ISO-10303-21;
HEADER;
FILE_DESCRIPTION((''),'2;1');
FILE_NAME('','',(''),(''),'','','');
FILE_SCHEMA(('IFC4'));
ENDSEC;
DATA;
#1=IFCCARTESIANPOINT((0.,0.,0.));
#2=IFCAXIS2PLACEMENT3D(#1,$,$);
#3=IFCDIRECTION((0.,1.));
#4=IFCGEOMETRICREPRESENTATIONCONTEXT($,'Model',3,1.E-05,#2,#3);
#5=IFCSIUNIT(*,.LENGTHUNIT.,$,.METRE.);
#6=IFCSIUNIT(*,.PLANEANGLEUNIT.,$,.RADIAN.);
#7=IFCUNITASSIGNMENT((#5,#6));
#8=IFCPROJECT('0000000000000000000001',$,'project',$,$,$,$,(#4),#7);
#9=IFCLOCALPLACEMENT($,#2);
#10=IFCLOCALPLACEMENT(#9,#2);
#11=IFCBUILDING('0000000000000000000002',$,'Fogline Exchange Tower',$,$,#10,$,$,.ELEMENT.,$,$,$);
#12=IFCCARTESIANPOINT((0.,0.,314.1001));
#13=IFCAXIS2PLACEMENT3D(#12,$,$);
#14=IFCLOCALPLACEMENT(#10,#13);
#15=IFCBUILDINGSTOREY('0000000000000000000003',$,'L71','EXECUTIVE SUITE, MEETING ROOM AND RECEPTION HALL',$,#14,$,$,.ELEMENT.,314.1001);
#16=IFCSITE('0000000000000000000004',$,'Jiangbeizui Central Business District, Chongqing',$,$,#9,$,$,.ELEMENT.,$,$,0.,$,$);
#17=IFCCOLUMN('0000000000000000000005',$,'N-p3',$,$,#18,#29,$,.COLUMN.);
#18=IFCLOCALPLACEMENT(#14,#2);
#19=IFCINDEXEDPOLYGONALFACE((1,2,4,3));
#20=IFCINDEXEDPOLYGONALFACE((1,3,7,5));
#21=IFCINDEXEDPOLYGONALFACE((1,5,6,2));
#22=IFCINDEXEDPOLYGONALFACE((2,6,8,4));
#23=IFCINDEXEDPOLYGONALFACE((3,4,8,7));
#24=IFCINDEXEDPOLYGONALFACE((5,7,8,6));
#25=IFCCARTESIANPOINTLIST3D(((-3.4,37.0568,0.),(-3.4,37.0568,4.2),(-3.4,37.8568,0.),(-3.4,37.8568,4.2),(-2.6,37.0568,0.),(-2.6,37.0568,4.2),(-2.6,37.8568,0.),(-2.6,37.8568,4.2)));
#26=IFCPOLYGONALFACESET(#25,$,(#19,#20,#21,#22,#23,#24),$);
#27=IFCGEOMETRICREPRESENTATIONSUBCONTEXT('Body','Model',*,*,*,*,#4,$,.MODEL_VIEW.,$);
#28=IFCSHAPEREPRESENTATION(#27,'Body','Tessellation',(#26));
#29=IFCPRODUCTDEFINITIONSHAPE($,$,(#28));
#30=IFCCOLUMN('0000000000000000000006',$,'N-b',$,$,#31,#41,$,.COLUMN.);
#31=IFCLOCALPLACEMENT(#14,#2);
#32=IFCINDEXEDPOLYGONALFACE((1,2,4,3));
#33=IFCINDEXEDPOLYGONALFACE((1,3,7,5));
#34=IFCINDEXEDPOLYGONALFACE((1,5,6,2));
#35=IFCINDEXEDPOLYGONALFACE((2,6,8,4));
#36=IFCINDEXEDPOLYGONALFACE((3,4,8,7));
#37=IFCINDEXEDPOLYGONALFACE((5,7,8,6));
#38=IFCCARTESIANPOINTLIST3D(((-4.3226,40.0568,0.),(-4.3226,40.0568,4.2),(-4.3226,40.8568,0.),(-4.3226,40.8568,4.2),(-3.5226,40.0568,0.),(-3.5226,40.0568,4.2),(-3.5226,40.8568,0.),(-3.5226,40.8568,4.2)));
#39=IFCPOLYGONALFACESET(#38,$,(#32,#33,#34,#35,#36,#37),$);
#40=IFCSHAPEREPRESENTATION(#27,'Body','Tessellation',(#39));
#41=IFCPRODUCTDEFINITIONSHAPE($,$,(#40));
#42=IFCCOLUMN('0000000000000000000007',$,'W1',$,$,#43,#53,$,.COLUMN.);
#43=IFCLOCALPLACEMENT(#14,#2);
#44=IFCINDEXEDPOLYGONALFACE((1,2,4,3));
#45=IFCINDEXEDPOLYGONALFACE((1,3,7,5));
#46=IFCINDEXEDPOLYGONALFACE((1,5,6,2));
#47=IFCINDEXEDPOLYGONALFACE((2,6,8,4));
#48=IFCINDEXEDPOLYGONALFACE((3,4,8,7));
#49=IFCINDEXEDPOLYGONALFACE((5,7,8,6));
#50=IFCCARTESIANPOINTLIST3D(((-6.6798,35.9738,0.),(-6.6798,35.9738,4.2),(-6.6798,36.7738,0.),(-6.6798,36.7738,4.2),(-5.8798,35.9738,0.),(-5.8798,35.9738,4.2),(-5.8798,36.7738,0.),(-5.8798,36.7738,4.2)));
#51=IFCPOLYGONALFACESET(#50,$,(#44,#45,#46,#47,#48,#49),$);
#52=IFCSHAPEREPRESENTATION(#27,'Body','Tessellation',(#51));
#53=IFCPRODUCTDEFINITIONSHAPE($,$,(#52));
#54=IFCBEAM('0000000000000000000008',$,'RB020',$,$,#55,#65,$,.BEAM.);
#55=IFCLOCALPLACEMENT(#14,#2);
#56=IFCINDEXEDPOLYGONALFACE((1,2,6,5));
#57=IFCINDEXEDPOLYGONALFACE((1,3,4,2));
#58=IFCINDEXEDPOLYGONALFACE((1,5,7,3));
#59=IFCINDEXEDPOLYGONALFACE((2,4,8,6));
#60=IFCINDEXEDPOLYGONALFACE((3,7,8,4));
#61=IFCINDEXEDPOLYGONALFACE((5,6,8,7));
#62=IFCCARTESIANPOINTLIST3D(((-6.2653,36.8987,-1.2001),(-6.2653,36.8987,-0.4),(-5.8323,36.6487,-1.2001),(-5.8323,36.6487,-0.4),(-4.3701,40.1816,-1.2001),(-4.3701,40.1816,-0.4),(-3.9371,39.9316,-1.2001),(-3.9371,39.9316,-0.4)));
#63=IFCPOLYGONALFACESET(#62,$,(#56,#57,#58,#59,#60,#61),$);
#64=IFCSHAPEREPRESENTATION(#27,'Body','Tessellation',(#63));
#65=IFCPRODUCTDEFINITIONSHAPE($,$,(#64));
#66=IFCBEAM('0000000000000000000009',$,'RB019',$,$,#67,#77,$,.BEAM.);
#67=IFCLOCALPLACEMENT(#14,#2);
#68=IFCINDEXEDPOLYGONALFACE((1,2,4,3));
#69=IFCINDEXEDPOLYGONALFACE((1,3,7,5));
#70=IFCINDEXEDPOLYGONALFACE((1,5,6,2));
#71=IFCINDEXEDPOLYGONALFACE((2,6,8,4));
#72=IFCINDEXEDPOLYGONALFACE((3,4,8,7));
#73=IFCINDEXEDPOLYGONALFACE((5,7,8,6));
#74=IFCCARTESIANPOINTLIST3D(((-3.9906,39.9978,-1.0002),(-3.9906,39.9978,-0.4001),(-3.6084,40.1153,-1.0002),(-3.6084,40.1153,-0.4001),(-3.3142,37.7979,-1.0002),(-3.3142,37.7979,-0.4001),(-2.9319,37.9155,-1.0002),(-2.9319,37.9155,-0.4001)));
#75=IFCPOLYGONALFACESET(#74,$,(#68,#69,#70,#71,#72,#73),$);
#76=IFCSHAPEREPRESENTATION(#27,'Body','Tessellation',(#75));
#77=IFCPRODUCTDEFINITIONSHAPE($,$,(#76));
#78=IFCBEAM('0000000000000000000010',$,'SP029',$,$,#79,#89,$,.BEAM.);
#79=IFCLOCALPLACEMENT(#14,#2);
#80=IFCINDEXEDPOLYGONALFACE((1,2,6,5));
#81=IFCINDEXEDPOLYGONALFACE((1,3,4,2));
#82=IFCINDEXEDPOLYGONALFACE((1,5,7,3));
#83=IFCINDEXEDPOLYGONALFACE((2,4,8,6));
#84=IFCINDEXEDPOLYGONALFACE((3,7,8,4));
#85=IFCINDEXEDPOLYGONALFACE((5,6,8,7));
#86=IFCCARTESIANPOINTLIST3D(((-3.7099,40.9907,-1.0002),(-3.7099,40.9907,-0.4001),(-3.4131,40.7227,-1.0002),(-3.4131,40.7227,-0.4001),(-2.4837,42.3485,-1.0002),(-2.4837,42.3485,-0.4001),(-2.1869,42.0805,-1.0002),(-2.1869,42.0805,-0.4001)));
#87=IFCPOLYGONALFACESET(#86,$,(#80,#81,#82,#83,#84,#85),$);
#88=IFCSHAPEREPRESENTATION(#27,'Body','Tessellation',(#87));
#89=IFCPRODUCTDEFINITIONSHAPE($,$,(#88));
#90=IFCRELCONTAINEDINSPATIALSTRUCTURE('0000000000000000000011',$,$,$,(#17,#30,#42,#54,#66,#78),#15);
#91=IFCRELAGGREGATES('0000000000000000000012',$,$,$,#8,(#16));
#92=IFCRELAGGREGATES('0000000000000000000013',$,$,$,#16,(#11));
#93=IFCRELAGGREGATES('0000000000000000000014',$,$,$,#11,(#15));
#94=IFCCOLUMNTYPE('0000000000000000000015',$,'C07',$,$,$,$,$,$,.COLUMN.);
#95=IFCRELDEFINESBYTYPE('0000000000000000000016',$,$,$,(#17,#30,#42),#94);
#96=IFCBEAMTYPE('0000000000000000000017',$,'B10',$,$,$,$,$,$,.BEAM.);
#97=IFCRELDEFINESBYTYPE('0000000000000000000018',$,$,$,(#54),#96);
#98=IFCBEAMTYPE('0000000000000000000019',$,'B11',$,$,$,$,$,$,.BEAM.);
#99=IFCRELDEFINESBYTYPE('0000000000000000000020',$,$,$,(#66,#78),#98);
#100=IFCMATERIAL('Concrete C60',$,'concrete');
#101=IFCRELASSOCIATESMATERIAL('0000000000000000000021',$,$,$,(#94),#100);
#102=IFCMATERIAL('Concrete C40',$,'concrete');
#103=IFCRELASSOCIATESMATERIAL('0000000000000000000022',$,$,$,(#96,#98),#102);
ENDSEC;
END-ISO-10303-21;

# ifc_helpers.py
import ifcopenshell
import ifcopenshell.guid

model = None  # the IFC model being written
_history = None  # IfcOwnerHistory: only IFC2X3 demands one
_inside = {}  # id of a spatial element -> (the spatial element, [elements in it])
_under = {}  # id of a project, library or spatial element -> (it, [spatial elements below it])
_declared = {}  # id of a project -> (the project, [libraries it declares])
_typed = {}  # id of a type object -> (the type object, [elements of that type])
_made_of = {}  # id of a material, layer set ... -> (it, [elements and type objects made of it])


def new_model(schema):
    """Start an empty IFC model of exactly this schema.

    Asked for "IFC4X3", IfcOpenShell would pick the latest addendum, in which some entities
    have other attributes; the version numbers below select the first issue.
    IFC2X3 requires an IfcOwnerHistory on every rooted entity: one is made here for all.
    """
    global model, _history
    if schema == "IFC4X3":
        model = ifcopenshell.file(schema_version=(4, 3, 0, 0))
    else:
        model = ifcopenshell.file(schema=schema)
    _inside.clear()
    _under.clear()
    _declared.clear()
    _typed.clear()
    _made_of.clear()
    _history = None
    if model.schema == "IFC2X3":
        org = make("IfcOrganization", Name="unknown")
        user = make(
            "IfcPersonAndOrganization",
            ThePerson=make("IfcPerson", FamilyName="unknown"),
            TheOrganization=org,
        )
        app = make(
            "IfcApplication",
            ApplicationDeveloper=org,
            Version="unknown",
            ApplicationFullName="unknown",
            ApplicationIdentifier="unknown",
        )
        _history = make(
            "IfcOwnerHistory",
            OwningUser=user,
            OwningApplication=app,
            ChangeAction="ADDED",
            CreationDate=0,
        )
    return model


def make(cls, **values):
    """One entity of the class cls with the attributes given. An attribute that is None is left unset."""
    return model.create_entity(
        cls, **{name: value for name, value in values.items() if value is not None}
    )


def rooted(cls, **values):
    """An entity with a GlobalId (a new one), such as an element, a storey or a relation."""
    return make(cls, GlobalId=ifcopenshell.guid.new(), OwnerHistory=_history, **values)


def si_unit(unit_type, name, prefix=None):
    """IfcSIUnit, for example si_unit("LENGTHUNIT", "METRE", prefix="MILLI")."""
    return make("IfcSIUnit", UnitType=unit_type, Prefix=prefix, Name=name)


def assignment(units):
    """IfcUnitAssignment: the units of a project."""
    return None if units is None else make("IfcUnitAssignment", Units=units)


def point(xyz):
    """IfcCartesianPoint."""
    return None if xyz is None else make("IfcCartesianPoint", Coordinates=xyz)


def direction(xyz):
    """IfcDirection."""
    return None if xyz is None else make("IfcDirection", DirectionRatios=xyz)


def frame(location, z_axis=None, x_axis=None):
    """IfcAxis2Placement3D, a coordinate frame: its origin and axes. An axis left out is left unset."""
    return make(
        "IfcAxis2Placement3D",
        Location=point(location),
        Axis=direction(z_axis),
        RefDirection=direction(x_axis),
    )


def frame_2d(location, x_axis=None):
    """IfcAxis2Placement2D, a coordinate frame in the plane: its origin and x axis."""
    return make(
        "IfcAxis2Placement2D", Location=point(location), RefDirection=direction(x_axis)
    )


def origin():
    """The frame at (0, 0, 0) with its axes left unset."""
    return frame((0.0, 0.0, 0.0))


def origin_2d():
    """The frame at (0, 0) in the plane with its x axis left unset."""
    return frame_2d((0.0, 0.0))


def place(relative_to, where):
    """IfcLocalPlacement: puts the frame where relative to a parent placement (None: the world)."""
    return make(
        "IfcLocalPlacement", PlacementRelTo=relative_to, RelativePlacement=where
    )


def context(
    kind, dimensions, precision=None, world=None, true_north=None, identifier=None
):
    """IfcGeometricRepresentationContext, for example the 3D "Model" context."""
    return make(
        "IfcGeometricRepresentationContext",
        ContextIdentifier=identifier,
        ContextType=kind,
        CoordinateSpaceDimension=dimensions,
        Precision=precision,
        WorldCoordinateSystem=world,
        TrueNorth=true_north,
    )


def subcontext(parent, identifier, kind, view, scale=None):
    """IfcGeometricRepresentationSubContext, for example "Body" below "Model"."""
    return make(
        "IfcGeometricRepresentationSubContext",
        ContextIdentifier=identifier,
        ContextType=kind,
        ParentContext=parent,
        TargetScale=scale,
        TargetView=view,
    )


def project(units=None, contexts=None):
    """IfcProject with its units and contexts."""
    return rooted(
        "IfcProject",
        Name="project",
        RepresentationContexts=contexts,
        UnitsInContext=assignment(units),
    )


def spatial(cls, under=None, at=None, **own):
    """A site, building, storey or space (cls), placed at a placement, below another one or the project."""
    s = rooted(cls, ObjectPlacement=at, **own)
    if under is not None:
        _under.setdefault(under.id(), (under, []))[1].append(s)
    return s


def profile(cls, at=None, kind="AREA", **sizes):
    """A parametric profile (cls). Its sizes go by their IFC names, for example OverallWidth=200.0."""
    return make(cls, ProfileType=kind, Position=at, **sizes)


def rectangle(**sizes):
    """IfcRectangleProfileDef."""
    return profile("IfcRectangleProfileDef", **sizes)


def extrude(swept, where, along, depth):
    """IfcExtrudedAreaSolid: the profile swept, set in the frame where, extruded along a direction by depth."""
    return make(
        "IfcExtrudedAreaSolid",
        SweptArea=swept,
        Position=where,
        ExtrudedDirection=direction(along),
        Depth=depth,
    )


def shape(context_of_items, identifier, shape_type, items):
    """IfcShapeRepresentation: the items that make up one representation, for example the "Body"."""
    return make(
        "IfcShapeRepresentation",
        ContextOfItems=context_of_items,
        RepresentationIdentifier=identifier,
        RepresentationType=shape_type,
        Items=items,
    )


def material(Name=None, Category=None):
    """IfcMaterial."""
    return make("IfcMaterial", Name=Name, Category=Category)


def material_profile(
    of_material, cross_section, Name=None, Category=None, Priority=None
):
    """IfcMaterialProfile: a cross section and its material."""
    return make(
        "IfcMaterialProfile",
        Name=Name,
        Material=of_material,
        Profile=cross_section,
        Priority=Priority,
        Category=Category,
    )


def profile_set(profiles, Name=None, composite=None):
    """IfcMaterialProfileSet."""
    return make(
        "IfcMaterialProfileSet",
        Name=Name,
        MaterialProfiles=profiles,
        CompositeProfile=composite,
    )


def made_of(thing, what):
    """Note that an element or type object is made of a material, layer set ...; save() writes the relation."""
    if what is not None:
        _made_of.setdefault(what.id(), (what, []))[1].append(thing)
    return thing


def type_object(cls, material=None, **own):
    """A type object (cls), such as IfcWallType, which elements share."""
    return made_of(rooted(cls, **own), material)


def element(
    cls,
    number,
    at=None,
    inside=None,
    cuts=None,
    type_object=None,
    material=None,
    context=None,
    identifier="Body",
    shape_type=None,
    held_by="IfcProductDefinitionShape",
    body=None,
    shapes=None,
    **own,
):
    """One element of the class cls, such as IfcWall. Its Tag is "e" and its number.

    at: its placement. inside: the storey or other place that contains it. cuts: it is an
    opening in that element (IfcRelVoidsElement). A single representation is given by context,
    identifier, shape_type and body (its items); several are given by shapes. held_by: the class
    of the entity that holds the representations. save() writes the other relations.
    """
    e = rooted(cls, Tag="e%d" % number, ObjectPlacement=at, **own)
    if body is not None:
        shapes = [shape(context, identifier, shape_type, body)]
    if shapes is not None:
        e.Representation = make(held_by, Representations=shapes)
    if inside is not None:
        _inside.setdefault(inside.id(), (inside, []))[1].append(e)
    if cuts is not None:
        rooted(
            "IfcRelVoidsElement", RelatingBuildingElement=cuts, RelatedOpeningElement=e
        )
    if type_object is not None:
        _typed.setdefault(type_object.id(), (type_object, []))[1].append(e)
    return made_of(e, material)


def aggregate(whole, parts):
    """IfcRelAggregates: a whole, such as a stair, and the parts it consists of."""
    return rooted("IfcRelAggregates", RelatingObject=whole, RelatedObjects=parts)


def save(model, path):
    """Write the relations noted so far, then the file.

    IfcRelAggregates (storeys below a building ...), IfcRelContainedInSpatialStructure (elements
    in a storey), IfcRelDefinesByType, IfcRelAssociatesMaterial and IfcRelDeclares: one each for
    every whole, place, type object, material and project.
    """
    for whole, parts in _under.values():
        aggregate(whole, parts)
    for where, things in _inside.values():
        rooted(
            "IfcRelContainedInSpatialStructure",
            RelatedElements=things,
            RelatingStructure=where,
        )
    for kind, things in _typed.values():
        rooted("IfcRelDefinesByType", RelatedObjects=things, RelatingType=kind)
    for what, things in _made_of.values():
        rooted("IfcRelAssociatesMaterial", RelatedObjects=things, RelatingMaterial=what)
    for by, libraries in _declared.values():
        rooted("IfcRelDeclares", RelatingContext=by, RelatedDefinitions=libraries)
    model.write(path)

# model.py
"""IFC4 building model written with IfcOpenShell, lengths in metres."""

from ifc_helpers import new_model, si_unit, direction, frame, origin, origin_2d, place, context, subcontext, project, spatial, rectangle, extrude, material, material_profile, profile_set, type_object, element, save


model = new_model("IFC4")

# Units and contexts
model_context = context("Model", 3, precision=1e-05, world=origin(), true_north=direction((0.0, 1.0)))
body_context = subcontext(model_context, "Body", "Model", "MODEL_VIEW")
ifc_project = project(units=[si_unit("LENGTHUNIT", "METRE"), si_unit("PLANEANGLEUNIT", "RADIAN")], contexts=[model_context])

# Site, building, storey
site_placement = place(None, origin())
site = spatial("IfcSite", under=ifc_project, at=site_placement, Name="Jiangbeizui Central Business District, Chongqing", CompositionType="ELEMENT", RefElevation=0.0)
building_placement = place(site_placement, origin())
building = spatial("IfcBuilding", under=site, at=building_placement, Name="Fogline Exchange Tower", CompositionType="ELEMENT")
storey_placement = place(building_placement, frame((0.0, 0.0, 314.1001)))
storey = spatial("IfcBuildingStorey", under=building, at=storey_placement, Name="L71", Description="EXECUTIVE SUITE, MEETING ROOM AND RECEPTION HALL", CompositionType="ELEMENT", Elevation=314.1001)

# Columns
ifc_material_1 = material(Name="Concrete C60", Category="concrete")
ifc_material_profile_1 = material_profile(ifc_material_1, rectangle(XDim=0.8, YDim=0.8, at=origin_2d()), Name="RC 800x800")
ifc_profile_set_1 = profile_set([ifc_material_profile_1], Name="Concrete C60")
column_type = type_object("IfcColumnType", Name="C07", PredefinedType="COLUMN", material=ifc_profile_set_1)
for number, where, z_axis, x_axis, name in (
    (1, (-3.0, 37.4568, 0.0), (0.0, 0.0, 1.0), (1.0, 0.0, 0.0), "N-p3"),
    (2, (-3.9226, 40.4568, 0.0), (0.0, 0.0, 1.0), (1.0, 0.0, 0.0), "N-b"),
    (3, (-6.2798, 36.3738, 0.0), (0.0, 0.0, 1.0), (1.0, 0.0, 0.0), "W1"),
):
    element("IfcColumn", number, at=place(storey_placement, frame(where, z_axis=z_axis, x_axis=x_axis)), inside=storey, type_object=column_type, Name=name, PredefinedType="COLUMN", context=body_context, shape_type="SweptSolid", body=[
        extrude(rectangle(XDim=0.8, YDim=0.8, at=origin_2d()), origin(), (0.0, 0.0, 1.0), 4.2),
    ])

# Beams
ifc_material_2 = material(Name="Concrete C40", Category="concrete")
ifc_material_profile_2 = material_profile(ifc_material_2, rectangle(XDim=0.5, YDim=0.8, at=origin_2d()), Name="RC 500x800")
ifc_profile_set_2 = profile_set([ifc_material_profile_2], Name="Concrete C40")
beam_type_1 = type_object("IfcBeamType", Name="B10", PredefinedType="BEAM", material=ifc_profile_set_2)
beam_1_placement = place(storey_placement, frame((-4.1536, 40.0566, -0.8), z_axis=(-0.49997, -0.866043, 0.0), x_axis=(0.866043, -0.49997, 0.0)))
element("IfcBeam", 4, at=beam_1_placement, inside=storey, type_object=beam_type_1, Name="RB020", PredefinedType="BEAM", context=body_context, shape_type="SweptSolid", body=[
    extrude(rectangle(XDim=0.5, YDim=0.8, at=origin_2d()), origin(), (0.0, 0.0, 1.0), 3.7908),
])
ifc_material_profile_3 = material_profile(ifc_material_2, rectangle(XDim=0.3999, YDim=0.6001, at=origin_2d()), Name="RC 400x600")
ifc_profile_set_3 = profile_set([ifc_material_profile_3], Name="Concrete C40")
beam_type_2 = type_object("IfcBeamType", Name="B11", PredefinedType="BEAM", material=ifc_profile_set_3)
beam_2_placement = place(storey_placement, frame((-3.123, 37.8567, -0.7002), z_axis=(-0.293929, 0.955827, 0.0), x_axis=(-0.955827, -0.293929, 0.0)))
element("IfcBeam", 5, at=beam_2_placement, inside=storey, type_object=beam_type_2, Name="RB019", PredefinedType="BEAM", context=body_context, shape_type="SweptSolid", body=[
    extrude(rectangle(XDim=0.3999, YDim=0.6001, at=origin_2d()), origin(), (0.0, 0.0, 1.0), 2.3015),
])
beam_3_placement = place(storey_placement, frame((-3.5615, 40.8567, -0.7002), z_axis=(0.670232, 0.742152, 0.0), x_axis=(-0.742152, 0.670232, 0.0)))
element("IfcBeam", 6, at=beam_3_placement, inside=storey, type_object=beam_type_2, Name="SP029", PredefinedType="BEAM", context=body_context, shape_type="SweptSolid", body=[
    extrude(rectangle(XDim=0.3999, YDim=0.6001, at=origin_2d()), origin(), (0.0, 0.0, 1.0), 1.8296),
])

save(model, "model.ifc")
